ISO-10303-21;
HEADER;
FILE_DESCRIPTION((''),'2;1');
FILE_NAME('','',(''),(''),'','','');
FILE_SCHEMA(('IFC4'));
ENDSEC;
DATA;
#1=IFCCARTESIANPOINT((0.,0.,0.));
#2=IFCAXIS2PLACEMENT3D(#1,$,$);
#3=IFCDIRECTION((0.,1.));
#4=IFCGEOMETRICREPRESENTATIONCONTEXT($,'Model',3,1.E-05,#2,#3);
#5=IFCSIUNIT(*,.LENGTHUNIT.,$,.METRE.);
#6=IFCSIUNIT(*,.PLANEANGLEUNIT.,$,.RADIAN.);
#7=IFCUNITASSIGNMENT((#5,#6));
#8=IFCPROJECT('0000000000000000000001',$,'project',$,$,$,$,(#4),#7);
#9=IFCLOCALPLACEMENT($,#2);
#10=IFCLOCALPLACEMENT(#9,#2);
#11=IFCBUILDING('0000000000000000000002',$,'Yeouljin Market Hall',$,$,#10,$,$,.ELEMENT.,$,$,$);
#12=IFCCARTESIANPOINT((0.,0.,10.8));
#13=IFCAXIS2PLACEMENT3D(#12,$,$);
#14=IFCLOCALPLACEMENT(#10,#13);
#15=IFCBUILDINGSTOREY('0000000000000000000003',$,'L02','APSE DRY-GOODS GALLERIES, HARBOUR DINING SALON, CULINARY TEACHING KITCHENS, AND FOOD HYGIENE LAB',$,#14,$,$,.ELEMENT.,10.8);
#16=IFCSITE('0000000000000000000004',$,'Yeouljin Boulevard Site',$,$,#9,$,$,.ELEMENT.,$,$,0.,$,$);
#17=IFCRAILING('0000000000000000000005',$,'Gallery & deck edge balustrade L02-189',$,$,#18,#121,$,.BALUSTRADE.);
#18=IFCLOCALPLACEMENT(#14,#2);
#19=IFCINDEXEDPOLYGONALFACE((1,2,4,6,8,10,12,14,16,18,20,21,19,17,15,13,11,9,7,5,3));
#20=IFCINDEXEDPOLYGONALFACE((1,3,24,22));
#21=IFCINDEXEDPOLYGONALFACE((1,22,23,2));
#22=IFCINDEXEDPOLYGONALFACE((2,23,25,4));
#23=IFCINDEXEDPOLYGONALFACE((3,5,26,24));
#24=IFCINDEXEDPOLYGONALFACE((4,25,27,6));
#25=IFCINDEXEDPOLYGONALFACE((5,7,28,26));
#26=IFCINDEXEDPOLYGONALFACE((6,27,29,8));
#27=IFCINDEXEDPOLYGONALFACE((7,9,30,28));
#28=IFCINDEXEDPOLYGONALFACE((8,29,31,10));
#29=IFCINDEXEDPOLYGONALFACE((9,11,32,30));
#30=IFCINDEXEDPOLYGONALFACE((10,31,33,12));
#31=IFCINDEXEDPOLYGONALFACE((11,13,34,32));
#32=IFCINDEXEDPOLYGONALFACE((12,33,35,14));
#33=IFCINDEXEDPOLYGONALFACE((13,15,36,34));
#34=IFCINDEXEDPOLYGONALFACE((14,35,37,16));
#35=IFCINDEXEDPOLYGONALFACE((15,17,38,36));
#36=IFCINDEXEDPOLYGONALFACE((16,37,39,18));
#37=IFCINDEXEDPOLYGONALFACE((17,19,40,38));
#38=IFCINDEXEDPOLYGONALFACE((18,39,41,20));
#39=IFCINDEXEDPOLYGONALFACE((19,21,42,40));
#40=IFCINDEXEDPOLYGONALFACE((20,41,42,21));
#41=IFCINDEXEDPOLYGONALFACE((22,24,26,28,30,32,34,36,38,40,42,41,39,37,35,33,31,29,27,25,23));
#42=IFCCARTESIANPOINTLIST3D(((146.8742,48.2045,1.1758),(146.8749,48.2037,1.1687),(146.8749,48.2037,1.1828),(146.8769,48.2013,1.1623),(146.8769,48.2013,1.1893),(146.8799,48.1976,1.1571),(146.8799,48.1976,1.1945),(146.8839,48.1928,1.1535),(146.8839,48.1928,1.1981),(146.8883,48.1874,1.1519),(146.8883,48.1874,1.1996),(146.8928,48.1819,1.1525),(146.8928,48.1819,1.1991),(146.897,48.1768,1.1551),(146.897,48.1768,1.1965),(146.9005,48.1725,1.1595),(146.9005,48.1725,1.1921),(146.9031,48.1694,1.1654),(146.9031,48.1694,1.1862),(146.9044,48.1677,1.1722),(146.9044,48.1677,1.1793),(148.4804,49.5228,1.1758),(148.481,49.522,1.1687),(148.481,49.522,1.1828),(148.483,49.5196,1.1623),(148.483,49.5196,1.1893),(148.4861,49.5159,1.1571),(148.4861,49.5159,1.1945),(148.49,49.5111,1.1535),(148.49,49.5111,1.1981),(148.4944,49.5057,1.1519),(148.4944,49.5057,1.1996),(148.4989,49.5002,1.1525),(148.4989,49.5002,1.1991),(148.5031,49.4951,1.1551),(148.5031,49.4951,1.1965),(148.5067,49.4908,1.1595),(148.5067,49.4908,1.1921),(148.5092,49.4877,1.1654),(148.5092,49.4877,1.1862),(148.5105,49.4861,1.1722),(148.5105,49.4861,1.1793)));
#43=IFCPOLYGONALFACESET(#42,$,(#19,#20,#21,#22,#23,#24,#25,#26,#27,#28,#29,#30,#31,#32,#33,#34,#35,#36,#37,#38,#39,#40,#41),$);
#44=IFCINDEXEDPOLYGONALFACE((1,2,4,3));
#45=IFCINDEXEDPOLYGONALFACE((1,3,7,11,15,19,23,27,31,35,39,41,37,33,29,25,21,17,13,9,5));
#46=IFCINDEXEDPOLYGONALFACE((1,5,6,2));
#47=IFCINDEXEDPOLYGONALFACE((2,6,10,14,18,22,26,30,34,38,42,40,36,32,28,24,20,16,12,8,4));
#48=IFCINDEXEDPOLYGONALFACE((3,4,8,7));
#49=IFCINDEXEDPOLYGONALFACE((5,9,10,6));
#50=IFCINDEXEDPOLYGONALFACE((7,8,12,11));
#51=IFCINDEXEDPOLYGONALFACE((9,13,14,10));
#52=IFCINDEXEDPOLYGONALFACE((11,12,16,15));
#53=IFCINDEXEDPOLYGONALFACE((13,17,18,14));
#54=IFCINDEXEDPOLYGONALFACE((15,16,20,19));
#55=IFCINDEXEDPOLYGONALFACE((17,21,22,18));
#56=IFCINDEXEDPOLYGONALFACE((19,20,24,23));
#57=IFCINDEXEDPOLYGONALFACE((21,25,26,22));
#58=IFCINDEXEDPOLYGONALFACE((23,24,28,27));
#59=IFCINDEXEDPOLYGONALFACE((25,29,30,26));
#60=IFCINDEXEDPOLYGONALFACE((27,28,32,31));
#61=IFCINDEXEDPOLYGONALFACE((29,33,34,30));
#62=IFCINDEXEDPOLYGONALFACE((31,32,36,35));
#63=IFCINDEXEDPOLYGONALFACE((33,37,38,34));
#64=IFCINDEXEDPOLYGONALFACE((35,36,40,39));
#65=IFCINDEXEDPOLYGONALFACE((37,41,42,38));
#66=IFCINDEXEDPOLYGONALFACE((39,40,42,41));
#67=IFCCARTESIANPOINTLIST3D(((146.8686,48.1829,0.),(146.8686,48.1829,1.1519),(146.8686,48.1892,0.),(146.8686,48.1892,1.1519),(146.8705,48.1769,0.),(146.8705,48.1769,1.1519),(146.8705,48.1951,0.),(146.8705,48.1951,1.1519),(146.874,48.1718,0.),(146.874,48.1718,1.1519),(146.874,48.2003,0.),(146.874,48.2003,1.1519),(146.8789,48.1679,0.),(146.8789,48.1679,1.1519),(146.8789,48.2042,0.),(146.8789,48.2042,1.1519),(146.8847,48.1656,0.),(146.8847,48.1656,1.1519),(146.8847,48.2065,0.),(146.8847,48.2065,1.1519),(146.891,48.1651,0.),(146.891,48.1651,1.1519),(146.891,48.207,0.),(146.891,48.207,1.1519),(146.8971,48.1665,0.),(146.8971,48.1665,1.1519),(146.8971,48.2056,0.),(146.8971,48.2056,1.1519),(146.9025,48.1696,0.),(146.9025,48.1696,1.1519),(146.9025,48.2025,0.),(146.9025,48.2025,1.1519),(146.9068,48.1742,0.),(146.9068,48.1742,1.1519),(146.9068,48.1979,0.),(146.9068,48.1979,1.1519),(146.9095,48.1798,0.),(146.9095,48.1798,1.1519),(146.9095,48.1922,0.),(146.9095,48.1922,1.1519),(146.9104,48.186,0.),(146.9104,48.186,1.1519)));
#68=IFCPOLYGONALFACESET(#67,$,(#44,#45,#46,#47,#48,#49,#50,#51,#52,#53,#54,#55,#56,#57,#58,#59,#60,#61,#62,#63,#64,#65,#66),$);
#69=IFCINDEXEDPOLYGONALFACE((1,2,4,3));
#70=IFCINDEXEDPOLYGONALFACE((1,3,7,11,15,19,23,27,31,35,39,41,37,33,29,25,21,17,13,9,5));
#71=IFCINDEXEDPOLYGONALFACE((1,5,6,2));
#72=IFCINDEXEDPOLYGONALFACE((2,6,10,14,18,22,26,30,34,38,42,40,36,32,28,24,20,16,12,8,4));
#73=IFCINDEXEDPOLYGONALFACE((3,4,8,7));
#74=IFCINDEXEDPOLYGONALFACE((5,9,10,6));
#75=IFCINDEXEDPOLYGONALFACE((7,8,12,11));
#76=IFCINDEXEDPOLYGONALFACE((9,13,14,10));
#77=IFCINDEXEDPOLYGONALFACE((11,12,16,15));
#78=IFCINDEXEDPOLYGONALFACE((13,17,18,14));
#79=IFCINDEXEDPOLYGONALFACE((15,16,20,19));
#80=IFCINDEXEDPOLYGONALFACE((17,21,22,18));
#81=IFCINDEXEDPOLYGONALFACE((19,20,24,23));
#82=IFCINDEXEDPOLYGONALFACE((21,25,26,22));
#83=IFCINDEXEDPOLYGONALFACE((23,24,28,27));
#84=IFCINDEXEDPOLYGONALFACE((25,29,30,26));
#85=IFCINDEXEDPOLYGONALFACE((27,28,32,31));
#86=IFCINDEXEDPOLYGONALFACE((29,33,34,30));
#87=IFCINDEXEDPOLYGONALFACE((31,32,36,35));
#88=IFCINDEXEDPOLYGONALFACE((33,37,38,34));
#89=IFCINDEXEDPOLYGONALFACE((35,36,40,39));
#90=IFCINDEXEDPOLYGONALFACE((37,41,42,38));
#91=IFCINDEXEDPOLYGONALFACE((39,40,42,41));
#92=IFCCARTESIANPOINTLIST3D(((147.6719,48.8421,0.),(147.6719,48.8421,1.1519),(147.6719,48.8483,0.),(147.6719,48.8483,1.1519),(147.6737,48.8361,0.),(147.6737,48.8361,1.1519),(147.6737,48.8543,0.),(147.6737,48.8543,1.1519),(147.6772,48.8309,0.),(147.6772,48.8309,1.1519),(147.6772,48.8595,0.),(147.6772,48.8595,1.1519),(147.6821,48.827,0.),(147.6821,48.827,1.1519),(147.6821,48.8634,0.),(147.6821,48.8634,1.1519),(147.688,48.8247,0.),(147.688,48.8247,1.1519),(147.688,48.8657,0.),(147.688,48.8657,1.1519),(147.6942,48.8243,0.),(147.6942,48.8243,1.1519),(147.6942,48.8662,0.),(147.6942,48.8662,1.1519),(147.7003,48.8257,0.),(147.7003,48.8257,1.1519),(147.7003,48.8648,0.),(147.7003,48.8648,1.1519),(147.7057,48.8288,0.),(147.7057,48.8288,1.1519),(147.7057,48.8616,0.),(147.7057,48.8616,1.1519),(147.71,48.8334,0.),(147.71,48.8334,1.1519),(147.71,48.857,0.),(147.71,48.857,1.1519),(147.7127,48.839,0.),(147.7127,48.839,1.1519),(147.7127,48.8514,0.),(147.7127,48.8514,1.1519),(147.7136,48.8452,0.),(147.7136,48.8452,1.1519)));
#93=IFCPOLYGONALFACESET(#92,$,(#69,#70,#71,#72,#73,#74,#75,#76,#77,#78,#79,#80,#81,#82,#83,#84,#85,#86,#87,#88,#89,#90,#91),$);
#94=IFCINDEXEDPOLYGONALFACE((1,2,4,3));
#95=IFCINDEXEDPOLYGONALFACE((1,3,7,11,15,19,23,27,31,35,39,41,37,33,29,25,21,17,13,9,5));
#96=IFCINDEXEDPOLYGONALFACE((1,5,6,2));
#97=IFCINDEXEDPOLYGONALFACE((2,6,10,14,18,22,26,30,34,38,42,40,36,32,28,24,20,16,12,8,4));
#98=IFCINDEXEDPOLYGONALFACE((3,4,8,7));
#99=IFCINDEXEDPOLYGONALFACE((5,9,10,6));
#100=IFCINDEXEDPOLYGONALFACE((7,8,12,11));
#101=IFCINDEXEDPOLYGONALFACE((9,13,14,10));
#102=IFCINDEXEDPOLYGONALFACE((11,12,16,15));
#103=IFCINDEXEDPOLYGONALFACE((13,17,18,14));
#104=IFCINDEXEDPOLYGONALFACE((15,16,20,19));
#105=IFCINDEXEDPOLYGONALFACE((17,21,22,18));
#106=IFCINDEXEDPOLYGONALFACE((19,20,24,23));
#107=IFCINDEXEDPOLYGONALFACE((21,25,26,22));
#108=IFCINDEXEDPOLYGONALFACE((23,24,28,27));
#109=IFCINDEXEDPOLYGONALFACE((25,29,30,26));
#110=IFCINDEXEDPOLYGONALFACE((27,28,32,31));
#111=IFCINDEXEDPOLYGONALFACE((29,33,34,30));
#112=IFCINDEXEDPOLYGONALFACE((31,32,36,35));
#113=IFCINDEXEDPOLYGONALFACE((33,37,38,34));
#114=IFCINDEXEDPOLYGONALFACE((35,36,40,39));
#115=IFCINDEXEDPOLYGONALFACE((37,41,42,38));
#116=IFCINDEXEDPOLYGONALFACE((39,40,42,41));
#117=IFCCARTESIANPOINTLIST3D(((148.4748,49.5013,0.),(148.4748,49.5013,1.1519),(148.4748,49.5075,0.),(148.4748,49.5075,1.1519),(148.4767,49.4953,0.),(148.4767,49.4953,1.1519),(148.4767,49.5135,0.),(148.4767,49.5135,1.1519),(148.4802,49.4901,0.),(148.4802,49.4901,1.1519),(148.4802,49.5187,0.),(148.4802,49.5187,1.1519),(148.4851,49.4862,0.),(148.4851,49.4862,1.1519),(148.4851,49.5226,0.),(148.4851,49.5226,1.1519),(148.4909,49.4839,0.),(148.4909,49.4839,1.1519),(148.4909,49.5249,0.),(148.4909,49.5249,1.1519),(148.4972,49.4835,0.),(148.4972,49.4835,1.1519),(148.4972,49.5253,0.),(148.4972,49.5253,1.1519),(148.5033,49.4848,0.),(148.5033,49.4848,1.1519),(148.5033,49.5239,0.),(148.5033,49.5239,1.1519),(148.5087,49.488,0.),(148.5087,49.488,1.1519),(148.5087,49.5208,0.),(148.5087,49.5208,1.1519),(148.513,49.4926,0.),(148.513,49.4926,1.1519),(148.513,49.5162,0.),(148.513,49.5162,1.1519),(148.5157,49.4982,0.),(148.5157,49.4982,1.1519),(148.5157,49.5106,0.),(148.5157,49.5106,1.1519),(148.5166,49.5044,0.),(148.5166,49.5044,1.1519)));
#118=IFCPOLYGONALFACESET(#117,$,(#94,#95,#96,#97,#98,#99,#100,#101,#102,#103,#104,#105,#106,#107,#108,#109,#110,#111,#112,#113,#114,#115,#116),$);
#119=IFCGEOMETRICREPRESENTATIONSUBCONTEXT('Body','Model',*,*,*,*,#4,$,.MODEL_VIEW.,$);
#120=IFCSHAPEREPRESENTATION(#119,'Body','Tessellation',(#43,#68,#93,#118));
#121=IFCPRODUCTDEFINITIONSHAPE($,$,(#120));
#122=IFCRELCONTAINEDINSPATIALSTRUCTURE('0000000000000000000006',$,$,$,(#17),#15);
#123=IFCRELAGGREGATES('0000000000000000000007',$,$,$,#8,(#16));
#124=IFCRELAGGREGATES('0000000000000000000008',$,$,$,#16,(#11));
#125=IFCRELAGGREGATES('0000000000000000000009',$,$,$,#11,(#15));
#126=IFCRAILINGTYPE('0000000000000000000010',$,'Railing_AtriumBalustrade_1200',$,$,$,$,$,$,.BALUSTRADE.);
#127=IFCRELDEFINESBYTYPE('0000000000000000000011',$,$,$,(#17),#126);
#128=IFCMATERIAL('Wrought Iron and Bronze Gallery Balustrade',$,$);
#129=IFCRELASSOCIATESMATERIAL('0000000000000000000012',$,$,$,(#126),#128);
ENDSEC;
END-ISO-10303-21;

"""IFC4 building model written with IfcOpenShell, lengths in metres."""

from ifc_helpers import new_model, si_unit, direction, frame, origin, origin_2d, place, context, subcontext, project, spatial, circle, extrude, material, type_object, element, save


model = new_model("IFC4")

# Units and contexts
model_context = context("Model", 3, precision=1e-05, world=origin(), true_north=direction((0.0, 1.0)))
body_context = subcontext(model_context, "Body", "Model", "MODEL_VIEW")
ifc_project = project(units=[si_unit("LENGTHUNIT", "METRE"), si_unit("PLANEANGLEUNIT", "RADIAN")], contexts=[model_context])

# Site, building, storey
site_placement = place(None, origin())
site = spatial("IfcSite", under=ifc_project, at=site_placement, Name="Yeouljin Boulevard Site", CompositionType="ELEMENT", RefElevation=0.0)
building_placement = place(site_placement, origin())
building = spatial("IfcBuilding", under=site, at=building_placement, Name="Yeouljin Market Hall", CompositionType="ELEMENT")
storey_placement = place(building_placement, frame((0.0, 0.0, 10.8)))
storey = spatial("IfcBuildingStorey", under=building, at=storey_placement, Name="L02", Description="APSE DRY-GOODS GALLERIES, HARBOUR DINING SALON, CULINARY TEACHING KITCHENS, AND FOOD HYGIENE LAB", CompositionType="ELEMENT", Elevation=10.8)

# Railing
ifc_material_1 = material(Name="Wrought Iron and Bronze Gallery Balustrade")
railing_type = type_object("IfcRailingType", Name="Railing_AtriumBalustrade_1200", PredefinedType="BALUSTRADE", material=ifc_material_1)
railing_1_placement = place(storey_placement, frame((146.8894, 48.186, 0.0)))
element("IfcRailing", 1, at=railing_1_placement, inside=storey, type_object=railing_type, Name="Gallery & deck edge balustrade L02-189", PredefinedType="BALUSTRADE", context=body_context, shape_type="SweptSolid", body=[
    extrude(circle(Radius=0.0239, at=origin_2d()), frame((0.0, 0.0, 1.1758), z_axis=(0.772967, 0.634446, 0.0), x_axis=(-0.634446, 0.772967, 0.0)), (0.0, 0.0, 1.0), 2.0779),
    extrude(circle(Radius=0.021, at=origin_2d()), origin(), (0.0, 0.0, 1.0), 1.1519),
    extrude(circle(Radius=0.021, at=origin_2d()), frame((0.8032, 0.6592, 0.0)), (0.0, 0.0, 1.0), 1.1519),
    extrude(circle(Radius=0.021, at=origin_2d()), frame((1.6062, 1.3184, 0.0)), (0.0, 0.0, 1.0), 1.1519),
])

save(model, "model.ifc")
